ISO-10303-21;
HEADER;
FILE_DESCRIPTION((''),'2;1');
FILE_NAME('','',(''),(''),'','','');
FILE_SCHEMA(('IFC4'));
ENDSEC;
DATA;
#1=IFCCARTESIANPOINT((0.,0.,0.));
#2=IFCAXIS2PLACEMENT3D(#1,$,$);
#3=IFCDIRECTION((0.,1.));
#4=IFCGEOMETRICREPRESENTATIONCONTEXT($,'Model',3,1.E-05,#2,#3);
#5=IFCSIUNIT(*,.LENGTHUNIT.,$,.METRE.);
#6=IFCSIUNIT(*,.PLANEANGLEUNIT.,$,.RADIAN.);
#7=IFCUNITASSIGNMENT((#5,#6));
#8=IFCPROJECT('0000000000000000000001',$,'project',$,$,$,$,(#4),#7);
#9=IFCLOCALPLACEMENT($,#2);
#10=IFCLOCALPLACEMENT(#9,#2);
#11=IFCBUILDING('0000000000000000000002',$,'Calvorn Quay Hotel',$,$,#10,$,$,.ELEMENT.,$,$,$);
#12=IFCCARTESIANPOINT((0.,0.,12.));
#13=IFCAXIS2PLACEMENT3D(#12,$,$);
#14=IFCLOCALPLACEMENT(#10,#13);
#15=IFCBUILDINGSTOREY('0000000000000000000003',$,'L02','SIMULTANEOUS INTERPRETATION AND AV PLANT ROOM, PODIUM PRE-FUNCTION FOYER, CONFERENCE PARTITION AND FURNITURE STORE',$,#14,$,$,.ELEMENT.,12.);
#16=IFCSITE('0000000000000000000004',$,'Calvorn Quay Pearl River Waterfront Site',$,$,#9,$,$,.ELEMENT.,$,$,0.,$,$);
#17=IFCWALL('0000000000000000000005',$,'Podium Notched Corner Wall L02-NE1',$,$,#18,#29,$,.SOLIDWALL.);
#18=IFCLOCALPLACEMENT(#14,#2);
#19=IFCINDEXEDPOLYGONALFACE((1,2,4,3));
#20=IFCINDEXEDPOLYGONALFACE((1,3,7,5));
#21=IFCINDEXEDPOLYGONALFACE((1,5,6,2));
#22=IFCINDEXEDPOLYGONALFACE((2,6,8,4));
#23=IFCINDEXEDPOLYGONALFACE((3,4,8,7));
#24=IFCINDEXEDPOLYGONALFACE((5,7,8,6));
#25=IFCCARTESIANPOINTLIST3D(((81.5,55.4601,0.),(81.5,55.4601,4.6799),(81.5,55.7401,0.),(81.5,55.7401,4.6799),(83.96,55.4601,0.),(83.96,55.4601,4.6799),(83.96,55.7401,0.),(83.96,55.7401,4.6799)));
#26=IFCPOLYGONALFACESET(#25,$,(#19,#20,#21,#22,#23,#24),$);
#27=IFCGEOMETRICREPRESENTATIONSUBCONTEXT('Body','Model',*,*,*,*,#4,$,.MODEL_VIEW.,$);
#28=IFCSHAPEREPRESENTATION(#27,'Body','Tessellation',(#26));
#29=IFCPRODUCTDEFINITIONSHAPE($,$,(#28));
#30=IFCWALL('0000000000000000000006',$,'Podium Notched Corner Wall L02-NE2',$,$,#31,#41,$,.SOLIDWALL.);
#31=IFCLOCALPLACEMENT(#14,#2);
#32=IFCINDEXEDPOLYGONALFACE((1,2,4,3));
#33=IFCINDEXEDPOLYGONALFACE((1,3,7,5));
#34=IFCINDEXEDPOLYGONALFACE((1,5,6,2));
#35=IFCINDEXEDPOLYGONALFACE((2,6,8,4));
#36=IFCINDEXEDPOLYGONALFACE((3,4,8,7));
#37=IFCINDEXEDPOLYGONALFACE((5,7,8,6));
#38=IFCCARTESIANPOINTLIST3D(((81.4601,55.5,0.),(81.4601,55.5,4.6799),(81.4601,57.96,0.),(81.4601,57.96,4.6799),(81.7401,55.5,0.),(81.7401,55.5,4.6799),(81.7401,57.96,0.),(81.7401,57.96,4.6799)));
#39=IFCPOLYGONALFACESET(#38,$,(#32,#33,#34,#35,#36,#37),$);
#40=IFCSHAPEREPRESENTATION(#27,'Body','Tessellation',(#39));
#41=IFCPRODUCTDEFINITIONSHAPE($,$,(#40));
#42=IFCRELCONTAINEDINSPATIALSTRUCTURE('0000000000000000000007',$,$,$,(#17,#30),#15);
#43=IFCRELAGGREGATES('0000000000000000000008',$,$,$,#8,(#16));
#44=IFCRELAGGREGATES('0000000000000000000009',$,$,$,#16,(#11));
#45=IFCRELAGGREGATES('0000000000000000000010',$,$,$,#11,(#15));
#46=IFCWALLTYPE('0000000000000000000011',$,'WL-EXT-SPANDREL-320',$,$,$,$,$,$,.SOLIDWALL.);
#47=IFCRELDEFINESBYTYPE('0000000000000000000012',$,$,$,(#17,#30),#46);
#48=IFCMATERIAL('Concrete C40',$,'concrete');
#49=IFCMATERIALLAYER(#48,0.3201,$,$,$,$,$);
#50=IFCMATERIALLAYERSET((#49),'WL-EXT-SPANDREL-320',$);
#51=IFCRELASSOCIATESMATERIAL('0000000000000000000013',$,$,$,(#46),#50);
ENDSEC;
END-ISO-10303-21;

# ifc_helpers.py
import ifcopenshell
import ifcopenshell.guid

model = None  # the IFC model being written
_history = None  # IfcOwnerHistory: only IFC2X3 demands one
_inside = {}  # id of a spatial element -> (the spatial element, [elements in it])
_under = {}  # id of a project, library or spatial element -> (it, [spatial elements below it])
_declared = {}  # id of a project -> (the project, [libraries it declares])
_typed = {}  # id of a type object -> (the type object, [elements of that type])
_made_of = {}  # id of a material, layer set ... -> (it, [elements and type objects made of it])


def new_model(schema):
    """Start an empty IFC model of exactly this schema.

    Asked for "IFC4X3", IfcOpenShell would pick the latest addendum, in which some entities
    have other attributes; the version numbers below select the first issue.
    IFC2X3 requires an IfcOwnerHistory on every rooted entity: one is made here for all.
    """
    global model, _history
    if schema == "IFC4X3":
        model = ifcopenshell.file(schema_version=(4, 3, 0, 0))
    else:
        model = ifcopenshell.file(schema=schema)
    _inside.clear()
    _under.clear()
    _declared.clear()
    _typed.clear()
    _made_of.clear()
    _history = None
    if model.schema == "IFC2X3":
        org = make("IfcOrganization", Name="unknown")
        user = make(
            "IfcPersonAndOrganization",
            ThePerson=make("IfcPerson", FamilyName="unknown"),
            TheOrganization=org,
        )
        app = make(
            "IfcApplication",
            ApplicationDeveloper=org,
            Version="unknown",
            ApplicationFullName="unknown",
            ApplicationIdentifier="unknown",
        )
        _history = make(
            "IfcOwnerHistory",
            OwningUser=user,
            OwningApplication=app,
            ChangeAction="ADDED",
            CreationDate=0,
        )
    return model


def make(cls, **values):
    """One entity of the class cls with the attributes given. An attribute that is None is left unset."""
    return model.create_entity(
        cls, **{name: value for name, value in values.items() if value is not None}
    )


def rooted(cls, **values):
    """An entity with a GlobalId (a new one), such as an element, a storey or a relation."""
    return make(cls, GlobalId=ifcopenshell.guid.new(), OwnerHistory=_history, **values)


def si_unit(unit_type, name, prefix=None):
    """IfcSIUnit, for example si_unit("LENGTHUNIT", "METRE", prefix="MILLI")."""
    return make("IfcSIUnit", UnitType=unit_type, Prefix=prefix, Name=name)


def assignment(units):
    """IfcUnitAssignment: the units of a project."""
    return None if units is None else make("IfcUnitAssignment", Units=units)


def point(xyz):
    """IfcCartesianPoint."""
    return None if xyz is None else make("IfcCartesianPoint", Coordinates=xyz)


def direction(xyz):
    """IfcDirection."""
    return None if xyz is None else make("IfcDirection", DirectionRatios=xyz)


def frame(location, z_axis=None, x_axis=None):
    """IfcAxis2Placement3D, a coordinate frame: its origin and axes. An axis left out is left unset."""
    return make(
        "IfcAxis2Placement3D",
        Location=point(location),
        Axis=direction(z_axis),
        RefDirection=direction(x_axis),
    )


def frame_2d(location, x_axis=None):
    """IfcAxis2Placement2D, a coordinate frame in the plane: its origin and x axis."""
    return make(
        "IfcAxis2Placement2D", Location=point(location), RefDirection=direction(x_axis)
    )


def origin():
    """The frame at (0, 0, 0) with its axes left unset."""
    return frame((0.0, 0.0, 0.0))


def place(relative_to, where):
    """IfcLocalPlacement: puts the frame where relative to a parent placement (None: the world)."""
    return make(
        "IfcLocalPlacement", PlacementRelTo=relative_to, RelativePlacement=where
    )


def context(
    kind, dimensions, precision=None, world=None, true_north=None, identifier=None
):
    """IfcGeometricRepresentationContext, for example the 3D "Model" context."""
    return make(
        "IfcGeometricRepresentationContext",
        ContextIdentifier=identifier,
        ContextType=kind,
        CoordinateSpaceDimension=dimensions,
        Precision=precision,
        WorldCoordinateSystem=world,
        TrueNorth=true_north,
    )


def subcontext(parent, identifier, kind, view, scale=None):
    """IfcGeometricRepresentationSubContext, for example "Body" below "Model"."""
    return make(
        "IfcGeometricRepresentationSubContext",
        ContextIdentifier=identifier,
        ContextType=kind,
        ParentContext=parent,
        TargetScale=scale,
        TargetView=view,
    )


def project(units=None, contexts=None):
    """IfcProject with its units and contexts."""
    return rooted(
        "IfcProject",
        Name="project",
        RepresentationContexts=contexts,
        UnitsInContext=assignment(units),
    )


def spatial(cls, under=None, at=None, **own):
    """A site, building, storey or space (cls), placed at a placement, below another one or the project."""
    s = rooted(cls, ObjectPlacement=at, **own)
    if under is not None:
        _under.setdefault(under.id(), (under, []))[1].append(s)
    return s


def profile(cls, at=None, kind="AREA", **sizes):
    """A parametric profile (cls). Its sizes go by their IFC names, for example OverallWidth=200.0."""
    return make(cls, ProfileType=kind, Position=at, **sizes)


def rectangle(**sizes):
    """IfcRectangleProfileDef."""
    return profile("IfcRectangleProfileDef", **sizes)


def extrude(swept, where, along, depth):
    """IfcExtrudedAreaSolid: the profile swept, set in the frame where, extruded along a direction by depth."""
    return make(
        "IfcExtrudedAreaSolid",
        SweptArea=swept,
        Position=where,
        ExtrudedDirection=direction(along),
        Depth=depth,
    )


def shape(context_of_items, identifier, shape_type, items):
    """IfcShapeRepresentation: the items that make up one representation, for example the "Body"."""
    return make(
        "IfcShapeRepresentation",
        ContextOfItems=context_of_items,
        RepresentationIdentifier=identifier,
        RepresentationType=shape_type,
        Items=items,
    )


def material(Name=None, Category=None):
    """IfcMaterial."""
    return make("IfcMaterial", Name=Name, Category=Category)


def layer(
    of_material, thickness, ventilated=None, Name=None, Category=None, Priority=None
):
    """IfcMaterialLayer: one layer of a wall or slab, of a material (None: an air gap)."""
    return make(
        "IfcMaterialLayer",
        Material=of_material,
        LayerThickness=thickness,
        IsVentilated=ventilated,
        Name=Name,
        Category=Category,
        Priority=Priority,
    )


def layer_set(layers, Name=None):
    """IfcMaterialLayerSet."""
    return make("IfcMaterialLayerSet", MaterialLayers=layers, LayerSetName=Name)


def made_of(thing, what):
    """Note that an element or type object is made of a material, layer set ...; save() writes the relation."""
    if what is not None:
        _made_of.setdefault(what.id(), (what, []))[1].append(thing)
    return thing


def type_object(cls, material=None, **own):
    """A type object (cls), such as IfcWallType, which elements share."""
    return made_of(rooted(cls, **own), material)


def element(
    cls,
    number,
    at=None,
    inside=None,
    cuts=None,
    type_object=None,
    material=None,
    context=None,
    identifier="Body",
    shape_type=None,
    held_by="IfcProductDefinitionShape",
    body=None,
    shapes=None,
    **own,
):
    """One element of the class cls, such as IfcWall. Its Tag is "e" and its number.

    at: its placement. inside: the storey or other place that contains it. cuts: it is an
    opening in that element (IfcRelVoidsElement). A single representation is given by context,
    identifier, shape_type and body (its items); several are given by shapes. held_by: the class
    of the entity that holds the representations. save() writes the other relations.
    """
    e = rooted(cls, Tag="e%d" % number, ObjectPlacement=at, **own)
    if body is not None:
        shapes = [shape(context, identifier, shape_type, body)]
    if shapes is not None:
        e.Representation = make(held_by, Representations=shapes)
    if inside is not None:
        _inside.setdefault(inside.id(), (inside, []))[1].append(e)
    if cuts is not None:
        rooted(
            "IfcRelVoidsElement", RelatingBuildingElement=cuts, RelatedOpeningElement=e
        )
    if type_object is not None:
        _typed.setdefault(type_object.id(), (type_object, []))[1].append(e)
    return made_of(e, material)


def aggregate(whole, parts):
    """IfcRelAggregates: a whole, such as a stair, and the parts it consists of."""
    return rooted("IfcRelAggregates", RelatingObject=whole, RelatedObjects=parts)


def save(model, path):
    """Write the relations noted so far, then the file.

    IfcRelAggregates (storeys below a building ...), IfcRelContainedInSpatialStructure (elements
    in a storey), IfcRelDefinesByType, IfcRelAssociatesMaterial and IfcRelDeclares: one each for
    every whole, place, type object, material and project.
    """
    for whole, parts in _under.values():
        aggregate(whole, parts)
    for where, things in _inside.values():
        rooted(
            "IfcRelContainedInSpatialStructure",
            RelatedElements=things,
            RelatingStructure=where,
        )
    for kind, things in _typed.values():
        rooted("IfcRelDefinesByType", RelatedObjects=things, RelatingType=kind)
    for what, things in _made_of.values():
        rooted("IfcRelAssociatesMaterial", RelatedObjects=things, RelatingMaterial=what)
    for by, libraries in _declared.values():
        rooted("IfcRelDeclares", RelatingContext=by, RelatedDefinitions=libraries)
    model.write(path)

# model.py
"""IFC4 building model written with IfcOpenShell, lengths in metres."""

from ifc_helpers import new_model, si_unit, direction, frame, frame_2d, origin, place, context, subcontext, project, spatial, rectangle, extrude, material, layer, layer_set, type_object, element, save


model = new_model("IFC4")

# Units and contexts
model_context = context("Model", 3, precision=1e-05, world=origin(), true_north=direction((0.0, 1.0)))
body_context = subcontext(model_context, "Body", "Model", "MODEL_VIEW")
ifc_project = project(units=[si_unit("LENGTHUNIT", "METRE"), si_unit("PLANEANGLEUNIT", "RADIAN")], contexts=[model_context])

# Site, building, storey
site_placement = place(None, origin())
site = spatial("IfcSite", under=ifc_project, at=site_placement, Name="Calvorn Quay Pearl River Waterfront Site", CompositionType="ELEMENT", RefElevation=0.0)
building_placement = place(site_placement, origin())
building = spatial("IfcBuilding", under=site, at=building_placement, Name="Calvorn Quay Hotel", CompositionType="ELEMENT")
storey_placement = place(building_placement, frame((0.0, 0.0, 12.0)))
storey = spatial("IfcBuildingStorey", under=building, at=storey_placement, Name="L02", Description="SIMULTANEOUS INTERPRETATION AND AV PLANT ROOM, PODIUM PRE-FUNCTION FOYER, CONFERENCE PARTITION AND FURNITURE STORE", CompositionType="ELEMENT", Elevation=12.0)

# Walls
ifc_material_1 = material(Name="Concrete C40", Category="concrete")
ifc_layer_1 = layer(ifc_material_1, 0.3201)
ifc_layer_set_1 = layer_set([ifc_layer_1], Name="WL-EXT-SPANDREL-320")
wall_type = type_object("IfcWallType", Name="WL-EXT-SPANDREL-320", PredefinedType="SOLIDWALL", material=ifc_layer_set_1)
for number, where, z_axis, x_axis, name in (
    (1, (83.96, 55.6001, 0.0), (0.0, 0.0, 1.0), (-1.0, 0.0, 0.0), "Podium Notched Corner Wall L02-NE1"),
    (2, (81.6001, 55.5, 0.0), (0.0, 0.0, 1.0), (0.0, 1.0, 0.0), "Podium Notched Corner Wall L02-NE2"),
):
    element("IfcWall", number, at=place(storey_placement, frame(where, z_axis=z_axis, x_axis=x_axis)), inside=storey, type_object=wall_type, Name=name, PredefinedType="SOLIDWALL", context=body_context, shape_type="SweptSolid", body=[
        extrude(rectangle(XDim=2.46, YDim=0.28, at=frame_2d((1.23, 0.0))), origin(), (0.0, 0.0, 1.0), 4.6799),
    ])

save(model, "model.ifc")
